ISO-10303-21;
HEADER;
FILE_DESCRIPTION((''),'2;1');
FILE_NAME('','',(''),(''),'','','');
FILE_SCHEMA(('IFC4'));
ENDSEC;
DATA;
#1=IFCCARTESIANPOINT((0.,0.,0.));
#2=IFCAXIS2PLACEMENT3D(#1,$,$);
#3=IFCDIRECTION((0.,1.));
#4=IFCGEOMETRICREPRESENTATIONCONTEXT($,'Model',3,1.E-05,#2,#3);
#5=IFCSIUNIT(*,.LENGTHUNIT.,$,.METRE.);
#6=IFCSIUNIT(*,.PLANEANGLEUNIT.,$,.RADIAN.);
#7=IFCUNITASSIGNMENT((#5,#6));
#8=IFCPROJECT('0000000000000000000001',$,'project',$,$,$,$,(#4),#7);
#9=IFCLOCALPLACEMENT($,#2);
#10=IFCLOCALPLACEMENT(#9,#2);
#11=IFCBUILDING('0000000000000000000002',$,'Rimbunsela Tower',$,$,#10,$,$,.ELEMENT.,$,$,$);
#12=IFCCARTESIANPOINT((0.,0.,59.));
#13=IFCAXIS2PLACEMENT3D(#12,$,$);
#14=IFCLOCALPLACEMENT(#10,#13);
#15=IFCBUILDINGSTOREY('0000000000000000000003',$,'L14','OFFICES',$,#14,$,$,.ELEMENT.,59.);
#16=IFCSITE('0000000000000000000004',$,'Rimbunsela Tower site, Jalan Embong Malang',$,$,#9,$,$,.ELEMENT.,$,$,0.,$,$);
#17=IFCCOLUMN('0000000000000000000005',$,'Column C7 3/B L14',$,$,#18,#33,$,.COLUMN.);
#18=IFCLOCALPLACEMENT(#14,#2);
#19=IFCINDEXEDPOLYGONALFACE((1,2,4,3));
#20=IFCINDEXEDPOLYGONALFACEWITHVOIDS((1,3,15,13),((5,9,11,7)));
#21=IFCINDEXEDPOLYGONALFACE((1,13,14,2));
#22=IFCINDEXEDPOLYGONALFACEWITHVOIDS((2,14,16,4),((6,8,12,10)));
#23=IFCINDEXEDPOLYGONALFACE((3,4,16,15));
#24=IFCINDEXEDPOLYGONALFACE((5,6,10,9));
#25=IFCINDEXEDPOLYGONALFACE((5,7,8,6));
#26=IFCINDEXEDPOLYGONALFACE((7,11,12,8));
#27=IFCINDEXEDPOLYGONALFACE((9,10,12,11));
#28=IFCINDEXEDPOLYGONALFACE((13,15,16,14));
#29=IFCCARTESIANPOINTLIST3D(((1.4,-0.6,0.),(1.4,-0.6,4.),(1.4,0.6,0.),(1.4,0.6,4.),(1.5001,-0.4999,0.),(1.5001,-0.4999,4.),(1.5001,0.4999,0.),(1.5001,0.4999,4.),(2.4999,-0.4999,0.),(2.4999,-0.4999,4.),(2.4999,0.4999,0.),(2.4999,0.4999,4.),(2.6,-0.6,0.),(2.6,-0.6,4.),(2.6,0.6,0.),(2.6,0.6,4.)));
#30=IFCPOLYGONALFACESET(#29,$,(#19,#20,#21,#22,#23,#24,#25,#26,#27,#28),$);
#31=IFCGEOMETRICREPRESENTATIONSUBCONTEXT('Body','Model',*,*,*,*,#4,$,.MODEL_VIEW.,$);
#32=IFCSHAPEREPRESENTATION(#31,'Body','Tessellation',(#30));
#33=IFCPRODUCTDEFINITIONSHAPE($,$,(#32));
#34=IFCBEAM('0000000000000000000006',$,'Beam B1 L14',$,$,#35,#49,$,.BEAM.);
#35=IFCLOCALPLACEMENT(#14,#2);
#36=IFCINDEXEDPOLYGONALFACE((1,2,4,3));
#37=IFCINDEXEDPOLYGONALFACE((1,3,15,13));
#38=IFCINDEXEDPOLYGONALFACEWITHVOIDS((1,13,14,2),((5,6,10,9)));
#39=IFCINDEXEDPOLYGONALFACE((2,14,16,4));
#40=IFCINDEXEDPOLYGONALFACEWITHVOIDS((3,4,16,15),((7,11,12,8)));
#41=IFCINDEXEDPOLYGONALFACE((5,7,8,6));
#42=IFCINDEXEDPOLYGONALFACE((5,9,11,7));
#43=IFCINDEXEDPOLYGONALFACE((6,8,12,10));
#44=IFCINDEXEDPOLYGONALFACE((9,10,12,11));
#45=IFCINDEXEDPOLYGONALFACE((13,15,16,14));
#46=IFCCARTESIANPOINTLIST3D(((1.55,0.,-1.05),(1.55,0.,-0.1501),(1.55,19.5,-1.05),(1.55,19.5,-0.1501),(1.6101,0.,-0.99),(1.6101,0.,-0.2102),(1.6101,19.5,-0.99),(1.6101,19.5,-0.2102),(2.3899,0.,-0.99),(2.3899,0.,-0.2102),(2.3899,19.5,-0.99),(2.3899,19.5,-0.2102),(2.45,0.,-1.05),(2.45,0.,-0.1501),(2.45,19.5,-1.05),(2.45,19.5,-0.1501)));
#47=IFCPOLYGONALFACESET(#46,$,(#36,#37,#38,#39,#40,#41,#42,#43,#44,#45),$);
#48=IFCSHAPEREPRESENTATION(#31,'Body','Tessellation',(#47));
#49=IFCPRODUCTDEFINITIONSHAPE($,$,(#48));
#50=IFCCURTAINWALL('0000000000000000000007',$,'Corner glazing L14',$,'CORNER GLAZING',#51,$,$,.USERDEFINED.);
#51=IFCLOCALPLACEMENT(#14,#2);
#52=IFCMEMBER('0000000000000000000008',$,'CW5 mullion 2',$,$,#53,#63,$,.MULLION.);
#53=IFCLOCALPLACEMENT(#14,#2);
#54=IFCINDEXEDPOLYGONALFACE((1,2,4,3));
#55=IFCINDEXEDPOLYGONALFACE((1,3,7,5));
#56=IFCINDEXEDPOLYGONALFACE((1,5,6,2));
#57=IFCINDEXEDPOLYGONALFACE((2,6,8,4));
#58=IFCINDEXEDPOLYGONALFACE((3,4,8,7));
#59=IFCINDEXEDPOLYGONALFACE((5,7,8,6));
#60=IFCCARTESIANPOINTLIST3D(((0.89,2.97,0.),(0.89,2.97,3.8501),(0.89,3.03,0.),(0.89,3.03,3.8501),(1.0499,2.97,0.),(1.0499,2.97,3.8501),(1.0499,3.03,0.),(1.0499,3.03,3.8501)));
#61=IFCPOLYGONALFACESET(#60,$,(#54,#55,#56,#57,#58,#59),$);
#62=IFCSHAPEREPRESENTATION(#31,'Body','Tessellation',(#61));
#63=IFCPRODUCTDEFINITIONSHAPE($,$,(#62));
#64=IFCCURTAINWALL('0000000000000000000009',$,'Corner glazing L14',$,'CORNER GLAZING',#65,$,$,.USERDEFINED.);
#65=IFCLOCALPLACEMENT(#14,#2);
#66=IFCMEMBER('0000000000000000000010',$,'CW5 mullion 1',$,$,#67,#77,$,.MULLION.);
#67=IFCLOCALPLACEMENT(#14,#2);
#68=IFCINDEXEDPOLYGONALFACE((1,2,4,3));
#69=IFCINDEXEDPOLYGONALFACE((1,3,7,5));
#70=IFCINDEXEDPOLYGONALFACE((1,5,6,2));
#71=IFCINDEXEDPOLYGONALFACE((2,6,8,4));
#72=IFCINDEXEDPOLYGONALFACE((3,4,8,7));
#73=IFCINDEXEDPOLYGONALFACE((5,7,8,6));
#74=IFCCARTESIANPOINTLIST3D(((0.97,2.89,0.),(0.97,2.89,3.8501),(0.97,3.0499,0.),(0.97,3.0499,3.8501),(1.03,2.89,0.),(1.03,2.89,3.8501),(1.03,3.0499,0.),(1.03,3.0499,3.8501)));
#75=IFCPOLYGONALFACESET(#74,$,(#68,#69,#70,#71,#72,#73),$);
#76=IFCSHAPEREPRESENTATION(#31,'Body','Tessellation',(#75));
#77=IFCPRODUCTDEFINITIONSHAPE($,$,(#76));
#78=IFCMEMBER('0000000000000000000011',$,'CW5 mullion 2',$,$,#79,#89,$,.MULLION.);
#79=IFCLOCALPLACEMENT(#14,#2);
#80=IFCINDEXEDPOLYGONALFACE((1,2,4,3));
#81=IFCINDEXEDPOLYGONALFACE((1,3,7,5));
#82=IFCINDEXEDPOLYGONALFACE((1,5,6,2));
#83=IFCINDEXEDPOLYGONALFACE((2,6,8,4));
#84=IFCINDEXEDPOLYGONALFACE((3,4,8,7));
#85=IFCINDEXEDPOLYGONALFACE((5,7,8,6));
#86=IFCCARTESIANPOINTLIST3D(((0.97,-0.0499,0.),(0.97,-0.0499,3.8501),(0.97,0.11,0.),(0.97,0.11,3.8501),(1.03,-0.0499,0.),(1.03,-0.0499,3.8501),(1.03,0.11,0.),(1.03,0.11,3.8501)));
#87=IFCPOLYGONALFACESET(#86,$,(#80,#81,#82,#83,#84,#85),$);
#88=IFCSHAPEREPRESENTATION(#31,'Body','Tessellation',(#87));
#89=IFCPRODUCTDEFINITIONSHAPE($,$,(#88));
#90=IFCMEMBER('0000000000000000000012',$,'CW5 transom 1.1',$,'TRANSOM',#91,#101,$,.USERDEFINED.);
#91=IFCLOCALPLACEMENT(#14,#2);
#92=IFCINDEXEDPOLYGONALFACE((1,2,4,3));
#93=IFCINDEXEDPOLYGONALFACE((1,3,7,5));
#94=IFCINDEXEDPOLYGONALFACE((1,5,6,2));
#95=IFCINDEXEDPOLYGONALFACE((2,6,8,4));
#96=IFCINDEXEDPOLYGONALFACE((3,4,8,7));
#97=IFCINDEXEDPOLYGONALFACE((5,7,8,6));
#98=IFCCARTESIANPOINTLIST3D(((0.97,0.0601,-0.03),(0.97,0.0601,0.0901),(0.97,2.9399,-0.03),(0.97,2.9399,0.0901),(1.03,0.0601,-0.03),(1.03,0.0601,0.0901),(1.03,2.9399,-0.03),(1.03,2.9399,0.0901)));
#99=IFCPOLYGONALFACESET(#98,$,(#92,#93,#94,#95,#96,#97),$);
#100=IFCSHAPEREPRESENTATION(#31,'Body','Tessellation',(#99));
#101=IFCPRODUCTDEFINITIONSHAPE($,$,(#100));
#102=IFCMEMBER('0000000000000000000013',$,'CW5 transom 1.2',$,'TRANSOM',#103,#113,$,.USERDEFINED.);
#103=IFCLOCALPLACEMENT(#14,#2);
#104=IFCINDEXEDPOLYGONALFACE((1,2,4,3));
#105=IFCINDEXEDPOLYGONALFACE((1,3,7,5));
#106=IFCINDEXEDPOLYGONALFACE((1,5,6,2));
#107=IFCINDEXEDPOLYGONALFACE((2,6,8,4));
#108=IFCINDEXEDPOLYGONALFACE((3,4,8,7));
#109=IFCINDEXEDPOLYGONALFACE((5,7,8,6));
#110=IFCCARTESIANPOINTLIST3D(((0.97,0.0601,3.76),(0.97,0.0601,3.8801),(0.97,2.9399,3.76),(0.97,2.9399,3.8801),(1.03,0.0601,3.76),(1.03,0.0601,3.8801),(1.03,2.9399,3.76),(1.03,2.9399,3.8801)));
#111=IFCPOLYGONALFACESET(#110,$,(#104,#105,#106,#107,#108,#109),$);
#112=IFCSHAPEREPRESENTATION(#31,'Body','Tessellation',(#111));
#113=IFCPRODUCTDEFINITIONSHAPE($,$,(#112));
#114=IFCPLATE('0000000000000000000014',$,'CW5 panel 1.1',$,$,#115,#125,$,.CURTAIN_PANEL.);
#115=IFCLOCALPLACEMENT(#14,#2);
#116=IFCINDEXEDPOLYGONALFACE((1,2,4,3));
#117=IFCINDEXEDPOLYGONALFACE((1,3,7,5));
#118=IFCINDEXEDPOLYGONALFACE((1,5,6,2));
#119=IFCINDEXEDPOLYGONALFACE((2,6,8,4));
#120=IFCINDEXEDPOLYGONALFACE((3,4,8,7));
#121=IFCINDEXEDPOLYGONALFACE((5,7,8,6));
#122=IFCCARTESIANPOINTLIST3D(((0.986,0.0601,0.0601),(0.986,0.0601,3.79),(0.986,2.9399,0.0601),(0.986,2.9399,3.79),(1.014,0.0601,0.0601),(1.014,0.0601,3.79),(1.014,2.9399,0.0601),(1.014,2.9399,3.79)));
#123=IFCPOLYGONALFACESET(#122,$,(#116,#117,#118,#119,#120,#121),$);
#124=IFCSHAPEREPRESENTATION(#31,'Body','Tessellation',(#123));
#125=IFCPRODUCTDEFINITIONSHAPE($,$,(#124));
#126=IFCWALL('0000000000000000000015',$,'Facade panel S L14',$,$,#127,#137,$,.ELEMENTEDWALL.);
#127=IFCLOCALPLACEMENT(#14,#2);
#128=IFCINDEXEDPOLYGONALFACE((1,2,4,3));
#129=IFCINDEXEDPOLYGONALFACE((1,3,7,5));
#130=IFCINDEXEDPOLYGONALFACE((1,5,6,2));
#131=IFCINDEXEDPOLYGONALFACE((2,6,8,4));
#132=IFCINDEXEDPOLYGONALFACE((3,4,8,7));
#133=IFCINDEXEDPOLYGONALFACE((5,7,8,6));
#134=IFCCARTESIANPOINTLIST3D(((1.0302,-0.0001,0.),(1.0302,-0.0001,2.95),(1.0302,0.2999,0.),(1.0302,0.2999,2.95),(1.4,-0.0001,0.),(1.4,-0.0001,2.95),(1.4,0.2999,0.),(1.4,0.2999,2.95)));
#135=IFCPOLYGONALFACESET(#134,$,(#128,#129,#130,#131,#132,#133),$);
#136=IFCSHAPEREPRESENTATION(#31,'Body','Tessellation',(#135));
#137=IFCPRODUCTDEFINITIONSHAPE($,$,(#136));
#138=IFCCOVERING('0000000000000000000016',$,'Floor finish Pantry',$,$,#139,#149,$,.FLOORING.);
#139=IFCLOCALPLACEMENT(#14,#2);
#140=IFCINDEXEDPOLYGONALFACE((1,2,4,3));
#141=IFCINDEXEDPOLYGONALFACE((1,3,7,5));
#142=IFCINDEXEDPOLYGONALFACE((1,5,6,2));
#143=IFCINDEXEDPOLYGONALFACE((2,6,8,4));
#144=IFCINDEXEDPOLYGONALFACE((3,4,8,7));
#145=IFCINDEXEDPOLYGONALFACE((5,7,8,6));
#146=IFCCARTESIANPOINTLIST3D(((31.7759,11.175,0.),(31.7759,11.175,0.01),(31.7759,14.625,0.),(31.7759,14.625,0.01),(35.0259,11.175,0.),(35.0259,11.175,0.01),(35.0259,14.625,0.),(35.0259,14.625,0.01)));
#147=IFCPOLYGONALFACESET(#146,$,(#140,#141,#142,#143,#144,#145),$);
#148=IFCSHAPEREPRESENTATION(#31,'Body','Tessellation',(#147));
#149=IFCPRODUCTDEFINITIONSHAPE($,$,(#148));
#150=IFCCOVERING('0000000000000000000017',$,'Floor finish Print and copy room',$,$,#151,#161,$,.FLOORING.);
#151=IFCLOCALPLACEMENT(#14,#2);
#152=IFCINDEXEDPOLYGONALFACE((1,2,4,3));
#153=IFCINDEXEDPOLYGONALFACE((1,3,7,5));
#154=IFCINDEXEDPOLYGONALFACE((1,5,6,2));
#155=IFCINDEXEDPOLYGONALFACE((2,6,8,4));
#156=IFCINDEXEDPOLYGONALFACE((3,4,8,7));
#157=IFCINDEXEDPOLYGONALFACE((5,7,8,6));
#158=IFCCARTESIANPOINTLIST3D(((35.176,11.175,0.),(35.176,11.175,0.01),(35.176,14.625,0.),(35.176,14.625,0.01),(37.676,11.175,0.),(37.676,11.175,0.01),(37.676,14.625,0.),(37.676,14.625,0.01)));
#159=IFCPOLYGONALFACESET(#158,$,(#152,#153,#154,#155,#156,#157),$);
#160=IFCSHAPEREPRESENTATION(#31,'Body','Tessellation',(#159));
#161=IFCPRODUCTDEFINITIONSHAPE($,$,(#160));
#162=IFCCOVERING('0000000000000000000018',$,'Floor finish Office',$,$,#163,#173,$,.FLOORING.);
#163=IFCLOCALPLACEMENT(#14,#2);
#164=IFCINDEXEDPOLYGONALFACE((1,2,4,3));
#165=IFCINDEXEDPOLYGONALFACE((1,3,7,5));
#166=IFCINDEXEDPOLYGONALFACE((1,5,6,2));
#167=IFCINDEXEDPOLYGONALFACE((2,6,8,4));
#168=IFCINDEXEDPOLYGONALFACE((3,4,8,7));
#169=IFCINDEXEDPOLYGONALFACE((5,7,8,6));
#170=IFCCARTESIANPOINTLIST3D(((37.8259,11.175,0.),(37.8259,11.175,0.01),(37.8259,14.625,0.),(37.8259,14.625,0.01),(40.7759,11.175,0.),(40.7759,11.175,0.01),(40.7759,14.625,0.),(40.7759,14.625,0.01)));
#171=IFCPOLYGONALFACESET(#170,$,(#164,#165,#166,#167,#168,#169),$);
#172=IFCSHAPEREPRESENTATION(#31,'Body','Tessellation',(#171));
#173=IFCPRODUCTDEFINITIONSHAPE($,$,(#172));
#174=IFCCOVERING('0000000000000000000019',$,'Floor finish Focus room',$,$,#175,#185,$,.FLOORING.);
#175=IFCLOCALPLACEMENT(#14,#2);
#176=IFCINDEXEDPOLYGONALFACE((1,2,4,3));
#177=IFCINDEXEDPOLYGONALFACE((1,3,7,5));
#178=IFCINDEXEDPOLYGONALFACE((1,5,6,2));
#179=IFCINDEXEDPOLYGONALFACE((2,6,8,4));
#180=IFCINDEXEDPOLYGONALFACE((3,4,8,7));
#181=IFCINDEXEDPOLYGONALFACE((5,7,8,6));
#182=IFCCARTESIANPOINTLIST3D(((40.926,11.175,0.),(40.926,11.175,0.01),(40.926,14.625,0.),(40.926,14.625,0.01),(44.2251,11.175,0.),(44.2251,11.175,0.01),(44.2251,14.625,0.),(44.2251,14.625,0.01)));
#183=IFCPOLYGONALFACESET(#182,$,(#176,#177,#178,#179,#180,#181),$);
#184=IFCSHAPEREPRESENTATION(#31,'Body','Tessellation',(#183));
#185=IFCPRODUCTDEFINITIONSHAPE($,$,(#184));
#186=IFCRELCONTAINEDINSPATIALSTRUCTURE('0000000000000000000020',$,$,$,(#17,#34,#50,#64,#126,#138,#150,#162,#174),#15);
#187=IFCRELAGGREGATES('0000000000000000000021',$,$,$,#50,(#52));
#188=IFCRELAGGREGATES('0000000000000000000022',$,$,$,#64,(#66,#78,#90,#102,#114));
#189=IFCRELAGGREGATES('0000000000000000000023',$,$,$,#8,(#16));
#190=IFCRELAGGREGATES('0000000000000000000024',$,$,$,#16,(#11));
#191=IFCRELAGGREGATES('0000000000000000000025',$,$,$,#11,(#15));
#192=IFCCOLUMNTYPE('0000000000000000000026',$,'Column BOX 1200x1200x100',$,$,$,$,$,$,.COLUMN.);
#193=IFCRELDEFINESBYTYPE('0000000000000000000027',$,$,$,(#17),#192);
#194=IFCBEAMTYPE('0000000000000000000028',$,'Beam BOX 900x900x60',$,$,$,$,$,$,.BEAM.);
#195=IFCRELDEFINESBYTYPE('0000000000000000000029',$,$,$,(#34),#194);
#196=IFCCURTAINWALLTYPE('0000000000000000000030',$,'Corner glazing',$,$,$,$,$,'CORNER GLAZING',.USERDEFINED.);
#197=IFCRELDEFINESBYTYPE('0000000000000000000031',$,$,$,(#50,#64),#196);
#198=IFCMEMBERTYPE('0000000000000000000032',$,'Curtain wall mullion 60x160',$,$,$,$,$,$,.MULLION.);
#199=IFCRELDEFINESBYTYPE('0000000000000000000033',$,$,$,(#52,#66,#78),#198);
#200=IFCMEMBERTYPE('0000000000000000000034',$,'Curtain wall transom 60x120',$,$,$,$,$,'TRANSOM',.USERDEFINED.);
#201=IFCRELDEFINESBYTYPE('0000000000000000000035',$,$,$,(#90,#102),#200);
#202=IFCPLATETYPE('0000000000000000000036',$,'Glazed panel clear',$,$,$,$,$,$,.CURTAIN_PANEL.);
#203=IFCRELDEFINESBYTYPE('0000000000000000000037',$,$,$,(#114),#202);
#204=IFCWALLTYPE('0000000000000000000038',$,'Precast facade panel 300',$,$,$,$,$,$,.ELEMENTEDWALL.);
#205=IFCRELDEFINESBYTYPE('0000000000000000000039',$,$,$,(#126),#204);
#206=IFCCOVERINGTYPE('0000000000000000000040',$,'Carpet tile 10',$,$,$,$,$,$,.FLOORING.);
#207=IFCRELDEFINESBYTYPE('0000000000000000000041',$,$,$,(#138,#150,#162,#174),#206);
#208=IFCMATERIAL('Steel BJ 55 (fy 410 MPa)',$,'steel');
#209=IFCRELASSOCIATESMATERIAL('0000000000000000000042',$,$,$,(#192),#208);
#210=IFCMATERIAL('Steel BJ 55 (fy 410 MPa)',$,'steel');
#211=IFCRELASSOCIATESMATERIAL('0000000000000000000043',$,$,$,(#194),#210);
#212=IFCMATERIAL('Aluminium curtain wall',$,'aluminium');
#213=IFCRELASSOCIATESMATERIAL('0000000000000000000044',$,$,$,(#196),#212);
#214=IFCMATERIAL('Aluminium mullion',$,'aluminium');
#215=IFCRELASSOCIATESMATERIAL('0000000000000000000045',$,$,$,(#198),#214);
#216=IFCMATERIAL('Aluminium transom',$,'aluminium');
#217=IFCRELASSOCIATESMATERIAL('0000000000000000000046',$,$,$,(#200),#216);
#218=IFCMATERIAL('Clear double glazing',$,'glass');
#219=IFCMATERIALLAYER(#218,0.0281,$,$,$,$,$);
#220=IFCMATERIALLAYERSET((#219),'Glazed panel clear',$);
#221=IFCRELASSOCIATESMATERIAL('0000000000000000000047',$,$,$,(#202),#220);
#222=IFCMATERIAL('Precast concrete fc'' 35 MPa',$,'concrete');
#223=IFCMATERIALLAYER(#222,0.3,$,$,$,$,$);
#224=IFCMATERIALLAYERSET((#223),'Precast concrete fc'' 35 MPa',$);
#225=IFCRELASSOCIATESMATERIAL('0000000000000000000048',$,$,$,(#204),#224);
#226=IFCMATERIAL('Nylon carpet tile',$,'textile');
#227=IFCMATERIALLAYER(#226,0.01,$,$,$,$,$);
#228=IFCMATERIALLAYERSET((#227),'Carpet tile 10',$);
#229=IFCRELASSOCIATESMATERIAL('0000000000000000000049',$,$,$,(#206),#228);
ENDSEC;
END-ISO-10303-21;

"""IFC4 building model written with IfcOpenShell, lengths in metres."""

from ifc_helpers import new_model, si_unit, direction, frame, frame_2d, origin, origin_2d, place, context, subcontext, project, spatial, polyline, rectangle, hollow_rectangle, outline, extrude, material, layer, layer_set, material_profile, profile_set, type_object, element, aggregate, save


model = new_model("IFC4")

# Units and contexts
model_context = context("Model", 3, precision=1e-05, world=origin(), true_north=direction((0.0, 1.0)))
body_context = subcontext(model_context, "Body", "Model", "MODEL_VIEW")
ifc_project = project(units=[si_unit("LENGTHUNIT", "METRE"), si_unit("PLANEANGLEUNIT", "RADIAN")], contexts=[model_context])

# Site, building, storey
site_placement = place(None, origin())
site = spatial("IfcSite", under=ifc_project, at=site_placement, Name="Rimbunsela Tower site, Jalan Embong Malang", CompositionType="ELEMENT", RefElevation=0.0)
building_placement = place(site_placement, origin())
building = spatial("IfcBuilding", under=site, at=building_placement, Name="Rimbunsela Tower", CompositionType="ELEMENT")
storey_placement = place(building_placement, frame((0.0, 0.0, 59.0)))
storey = spatial("IfcBuildingStorey", under=building, at=storey_placement, Name="L14", Description="OFFICES", CompositionType="ELEMENT", Elevation=59.0)

# Column
ifc_material_1 = material(Name="Steel BJ 55 (fy 410 MPa)", Category="steel")
ifc_material_profile_1 = material_profile(ifc_material_1, hollow_rectangle(XDim=1.2, YDim=1.2, WallThickness=0.1001, at=origin_2d()), Name="BOX 1200x1200x100")
ifc_profile_set_1 = profile_set([ifc_material_profile_1], Name="Steel BJ 55 (fy 410 MPa)")
column_type = type_object("IfcColumnType", Name="Column BOX 1200x1200x100", PredefinedType="COLUMN", material=ifc_profile_set_1)
column_placement = place(storey_placement, frame((2.0, 0.0, 0.0), z_axis=(0.0, 0.0, 1.0), x_axis=(1.0, 0.0, 0.0)))
element("IfcColumn", 1, at=column_placement, inside=storey, type_object=column_type, Name="Column C7 3/B L14", PredefinedType="COLUMN", context=body_context, shape_type="SweptSolid", body=[
    extrude(hollow_rectangle(XDim=1.2, YDim=1.2, WallThickness=0.1001, at=origin_2d()), origin(), (0.0, 0.0, 1.0), 4.0),
])

# Beam
ifc_material_2 = material(Name="Steel BJ 55 (fy 410 MPa)", Category="steel")
ifc_material_profile_2 = material_profile(ifc_material_2, hollow_rectangle(XDim=0.8999, YDim=0.8999, WallThickness=0.0601, at=origin_2d()), Name="BOX 900x900x60")
ifc_profile_set_2 = profile_set([ifc_material_profile_2], Name="Steel BJ 55 (fy 410 MPa)")
beam_type = type_object("IfcBeamType", Name="Beam BOX 900x900x60", PredefinedType="BEAM", material=ifc_profile_set_2)
beam_placement = place(storey_placement, frame((2.0, 0.0, -0.6001), z_axis=(0.0, 1.0, 0.0), x_axis=(-1.0, 0.0, 0.0)))
element("IfcBeam", 2, at=beam_placement, inside=storey, type_object=beam_type, Name="Beam B1 L14", PredefinedType="BEAM", context=body_context, shape_type="SweptSolid", body=[
    extrude(hollow_rectangle(XDim=0.8999, YDim=0.8999, WallThickness=0.0601, at=origin_2d()), origin(), (0.0, 0.0, 1.0), 19.5),
])

# Curtain wall, member
ifc_material_3 = material(Name="Aluminium curtain wall", Category="aluminium")
curtain_wall_type = type_object("IfcCurtainWallType", Name="Corner glazing", ElementType="CORNER GLAZING", PredefinedType="USERDEFINED", material=ifc_material_3)
curtain_wall_1_placement = place(storey_placement, origin())
curtain_wall_1 = element("IfcCurtainWall", 3, at=curtain_wall_1_placement, inside=storey, type_object=curtain_wall_type, Name="Corner glazing L14", ObjectType="CORNER GLAZING", PredefinedType="USERDEFINED")
ifc_material_4 = material(Name="Aluminium mullion", Category="aluminium")
ifc_material_profile_3 = material_profile(ifc_material_4, rectangle(XDim=0.0601, YDim=0.1599, at=origin_2d()), Name="Mullion 60x160")
ifc_profile_set_3 = profile_set([ifc_material_profile_3], Name="Aluminium mullion")
member_type_1 = type_object("IfcMemberType", Name="Curtain wall mullion 60x160", PredefinedType="MULLION", material=ifc_profile_set_3)
member_1_placement = place(storey_placement, frame((0.97, 3.0, 0.0), z_axis=(0.0, 0.0, 1.0), x_axis=(0.0, 1.0, 0.0)))
member_1 = element("IfcMember", 4, at=member_1_placement, type_object=member_type_1, Name="CW5 mullion 2", PredefinedType="MULLION", context=body_context, shape_type="SweptSolid", body=[
    extrude(rectangle(XDim=0.0601, YDim=0.1599, at=origin_2d()), origin(), (0.0, 0.0, 1.0), 3.8501),
])
aggregate(curtain_wall_1, [member_1])

# Curtain wall, members, plate
curtain_wall_2_placement = place(storey_placement, origin())
curtain_wall_2 = element("IfcCurtainWall", 5, at=curtain_wall_2_placement, inside=storey, type_object=curtain_wall_type, Name="Corner glazing L14", ObjectType="CORNER GLAZING", PredefinedType="USERDEFINED")
member_2_placement = place(storey_placement, frame((1.0, 2.97, 0.0), z_axis=(0.0, 0.0, 1.0), x_axis=(1.0, 0.0, 0.0)))
member_2 = element("IfcMember", 6, at=member_2_placement, type_object=member_type_1, Name="CW5 mullion 1", PredefinedType="MULLION", context=body_context, shape_type="SweptSolid", body=[
    extrude(rectangle(XDim=0.0601, YDim=0.1599, at=origin_2d()), origin(), (0.0, 0.0, 1.0), 3.8501),
])
member_3_placement = place(storey_placement, frame((1.0, 0.03, 0.0), z_axis=(0.0, 0.0, 1.0), x_axis=(1.0, 0.0, 0.0)))
member_3 = element("IfcMember", 7, at=member_3_placement, type_object=member_type_1, Name="CW5 mullion 2", PredefinedType="MULLION", context=body_context, shape_type="SweptSolid", body=[
    extrude(rectangle(XDim=0.0601, YDim=0.1599, at=origin_2d()), origin(), (0.0, 0.0, 1.0), 3.8501),
])
ifc_material_5 = material(Name="Aluminium transom", Category="aluminium")
ifc_material_profile_4 = material_profile(ifc_material_5, rectangle(XDim=0.0601, YDim=0.1201, at=origin_2d()), Name="Transom 60x120")
ifc_profile_set_4 = profile_set([ifc_material_profile_4], Name="Aluminium transom")
member_type_2 = type_object("IfcMemberType", Name="Curtain wall transom 60x120", ElementType="TRANSOM", PredefinedType="USERDEFINED", material=ifc_profile_set_4)
member_4_placement = place(storey_placement, frame((1.0, 2.9399, 0.03), z_axis=(0.0, -1.0, 0.0), x_axis=(1.0, 0.0, 0.0)))
member_4 = element("IfcMember", 8, at=member_4_placement, type_object=member_type_2, Name="CW5 transom 1.1", ObjectType="TRANSOM", PredefinedType="USERDEFINED", context=body_context, shape_type="SweptSolid", body=[
    extrude(rectangle(XDim=0.0601, YDim=0.1201, at=origin_2d()), origin(), (0.0, 0.0, 1.0), 2.8799),
])
member_5_placement = place(storey_placement, frame((1.0, 2.9399, 3.8201), z_axis=(0.0, -1.0, 0.0), x_axis=(1.0, 0.0, 0.0)))
member_5 = element("IfcMember", 9, at=member_5_placement, type_object=member_type_2, Name="CW5 transom 1.2", ObjectType="TRANSOM", PredefinedType="USERDEFINED", context=body_context, shape_type="SweptSolid", body=[
    extrude(rectangle(XDim=0.0601, YDim=0.1201, at=origin_2d()), origin(), (0.0, 0.0, 1.0), 2.8799),
])
ifc_material_6 = material(Name="Clear double glazing", Category="glass")
ifc_layer_1 = layer(ifc_material_6, 0.0281)
ifc_layer_set_1 = layer_set([ifc_layer_1], Name="Glazed panel clear")
plate_type = type_object("IfcPlateType", Name="Glazed panel clear", PredefinedType="CURTAIN_PANEL", material=ifc_layer_set_1)
plate_placement = place(storey_placement, frame((1.0, 1.5, 0.0601), z_axis=(0.0, 0.0, 1.0), x_axis=(0.0, -1.0, 0.0)))
plate = element("IfcPlate", 10, at=plate_placement, type_object=plate_type, Name="CW5 panel 1.1", PredefinedType="CURTAIN_PANEL", context=body_context, shape_type="SweptSolid", body=[
    extrude(rectangle(XDim=2.8799, YDim=0.0281, at=origin_2d()), origin(), (0.0, 0.0, 1.0), 3.73),
])
aggregate(curtain_wall_2, [member_2, member_3, member_4, member_5, plate])

# Wall
ifc_material_7 = material(Name="Precast concrete fc' 35 MPa", Category="concrete")
ifc_layer_2 = layer(ifc_material_7, 0.3)
ifc_layer_set_2 = layer_set([ifc_layer_2], Name="Precast concrete fc' 35 MPa")
wall_type = type_object("IfcWallType", Name="Precast facade panel 300", PredefinedType="ELEMENTEDWALL", material=ifc_layer_set_2)
wall_placement = place(storey_placement, frame((1.03, 0.1499, 0.0), z_axis=(0.0, 0.0, 1.0), x_axis=(1.0, 0.0, 0.0)))
element("IfcWall", 11, at=wall_placement, inside=storey, type_object=wall_type, Name="Facade panel S L14", PredefinedType="ELEMENTEDWALL", context=body_context, shape_type="SweptSolid", body=[
    extrude(rectangle(XDim=0.3699, YDim=0.3, at=frame_2d((0.1851, 0.0))), origin(), (0.0, 0.0, 1.0), 2.95),
])

# Coverings
ifc_material_8 = material(Name="Nylon carpet tile", Category="textile")
ifc_layer_3 = layer(ifc_material_8, 0.01)
ifc_layer_set_3 = layer_set([ifc_layer_3], Name="Carpet tile 10")
covering_type_1 = type_object("IfcCoveringType", Name="Carpet tile 10", PredefinedType="FLOORING", material=ifc_layer_set_3)
covering_1_placement = place(storey_placement, origin())
element("IfcCovering", 12, at=covering_1_placement, inside=storey, type_object=covering_type_1, Name="Floor finish Pantry", PredefinedType="FLOORING", context=body_context, shape_type="SweptSolid", body=[
    extrude(outline(polyline([(35.0259, 11.175), (35.0259, 14.625), (31.7759, 14.625), (31.7759, 11.175), (35.0259, 11.175)])), origin(), (0.0, 0.0, 1.0), 0.01),
])
covering_2_placement = place(storey_placement, origin())
element("IfcCovering", 13, at=covering_2_placement, inside=storey, type_object=covering_type_1, Name="Floor finish Print and copy room", PredefinedType="FLOORING", context=body_context, shape_type="SweptSolid", body=[
    extrude(outline(polyline([(37.676, 11.175), (37.676, 14.625), (35.176, 14.625), (35.176, 11.175), (37.676, 11.175)])), origin(), (0.0, 0.0, 1.0), 0.01),
])
covering_3_placement = place(storey_placement, origin())
element("IfcCovering", 14, at=covering_3_placement, inside=storey, type_object=covering_type_1, Name="Floor finish Office", PredefinedType="FLOORING", context=body_context, shape_type="SweptSolid", body=[
    extrude(outline(polyline([(40.7759, 11.175), (40.7759, 14.625), (37.8259, 14.625), (37.8259, 11.175), (40.7759, 11.175)])), origin(), (0.0, 0.0, 1.0), 0.01),
])
covering_4_placement = place(storey_placement, origin())
element("IfcCovering", 15, at=covering_4_placement, inside=storey, type_object=covering_type_1, Name="Floor finish Focus room", PredefinedType="FLOORING", context=body_context, shape_type="SweptSolid", body=[
    extrude(outline(polyline([(44.2251, 11.175), (44.2251, 14.625), (40.926, 14.625), (40.926, 11.175), (44.2251, 11.175)])), origin(), (0.0, 0.0, 1.0), 0.01),
])

save(model, "model.ifc")
